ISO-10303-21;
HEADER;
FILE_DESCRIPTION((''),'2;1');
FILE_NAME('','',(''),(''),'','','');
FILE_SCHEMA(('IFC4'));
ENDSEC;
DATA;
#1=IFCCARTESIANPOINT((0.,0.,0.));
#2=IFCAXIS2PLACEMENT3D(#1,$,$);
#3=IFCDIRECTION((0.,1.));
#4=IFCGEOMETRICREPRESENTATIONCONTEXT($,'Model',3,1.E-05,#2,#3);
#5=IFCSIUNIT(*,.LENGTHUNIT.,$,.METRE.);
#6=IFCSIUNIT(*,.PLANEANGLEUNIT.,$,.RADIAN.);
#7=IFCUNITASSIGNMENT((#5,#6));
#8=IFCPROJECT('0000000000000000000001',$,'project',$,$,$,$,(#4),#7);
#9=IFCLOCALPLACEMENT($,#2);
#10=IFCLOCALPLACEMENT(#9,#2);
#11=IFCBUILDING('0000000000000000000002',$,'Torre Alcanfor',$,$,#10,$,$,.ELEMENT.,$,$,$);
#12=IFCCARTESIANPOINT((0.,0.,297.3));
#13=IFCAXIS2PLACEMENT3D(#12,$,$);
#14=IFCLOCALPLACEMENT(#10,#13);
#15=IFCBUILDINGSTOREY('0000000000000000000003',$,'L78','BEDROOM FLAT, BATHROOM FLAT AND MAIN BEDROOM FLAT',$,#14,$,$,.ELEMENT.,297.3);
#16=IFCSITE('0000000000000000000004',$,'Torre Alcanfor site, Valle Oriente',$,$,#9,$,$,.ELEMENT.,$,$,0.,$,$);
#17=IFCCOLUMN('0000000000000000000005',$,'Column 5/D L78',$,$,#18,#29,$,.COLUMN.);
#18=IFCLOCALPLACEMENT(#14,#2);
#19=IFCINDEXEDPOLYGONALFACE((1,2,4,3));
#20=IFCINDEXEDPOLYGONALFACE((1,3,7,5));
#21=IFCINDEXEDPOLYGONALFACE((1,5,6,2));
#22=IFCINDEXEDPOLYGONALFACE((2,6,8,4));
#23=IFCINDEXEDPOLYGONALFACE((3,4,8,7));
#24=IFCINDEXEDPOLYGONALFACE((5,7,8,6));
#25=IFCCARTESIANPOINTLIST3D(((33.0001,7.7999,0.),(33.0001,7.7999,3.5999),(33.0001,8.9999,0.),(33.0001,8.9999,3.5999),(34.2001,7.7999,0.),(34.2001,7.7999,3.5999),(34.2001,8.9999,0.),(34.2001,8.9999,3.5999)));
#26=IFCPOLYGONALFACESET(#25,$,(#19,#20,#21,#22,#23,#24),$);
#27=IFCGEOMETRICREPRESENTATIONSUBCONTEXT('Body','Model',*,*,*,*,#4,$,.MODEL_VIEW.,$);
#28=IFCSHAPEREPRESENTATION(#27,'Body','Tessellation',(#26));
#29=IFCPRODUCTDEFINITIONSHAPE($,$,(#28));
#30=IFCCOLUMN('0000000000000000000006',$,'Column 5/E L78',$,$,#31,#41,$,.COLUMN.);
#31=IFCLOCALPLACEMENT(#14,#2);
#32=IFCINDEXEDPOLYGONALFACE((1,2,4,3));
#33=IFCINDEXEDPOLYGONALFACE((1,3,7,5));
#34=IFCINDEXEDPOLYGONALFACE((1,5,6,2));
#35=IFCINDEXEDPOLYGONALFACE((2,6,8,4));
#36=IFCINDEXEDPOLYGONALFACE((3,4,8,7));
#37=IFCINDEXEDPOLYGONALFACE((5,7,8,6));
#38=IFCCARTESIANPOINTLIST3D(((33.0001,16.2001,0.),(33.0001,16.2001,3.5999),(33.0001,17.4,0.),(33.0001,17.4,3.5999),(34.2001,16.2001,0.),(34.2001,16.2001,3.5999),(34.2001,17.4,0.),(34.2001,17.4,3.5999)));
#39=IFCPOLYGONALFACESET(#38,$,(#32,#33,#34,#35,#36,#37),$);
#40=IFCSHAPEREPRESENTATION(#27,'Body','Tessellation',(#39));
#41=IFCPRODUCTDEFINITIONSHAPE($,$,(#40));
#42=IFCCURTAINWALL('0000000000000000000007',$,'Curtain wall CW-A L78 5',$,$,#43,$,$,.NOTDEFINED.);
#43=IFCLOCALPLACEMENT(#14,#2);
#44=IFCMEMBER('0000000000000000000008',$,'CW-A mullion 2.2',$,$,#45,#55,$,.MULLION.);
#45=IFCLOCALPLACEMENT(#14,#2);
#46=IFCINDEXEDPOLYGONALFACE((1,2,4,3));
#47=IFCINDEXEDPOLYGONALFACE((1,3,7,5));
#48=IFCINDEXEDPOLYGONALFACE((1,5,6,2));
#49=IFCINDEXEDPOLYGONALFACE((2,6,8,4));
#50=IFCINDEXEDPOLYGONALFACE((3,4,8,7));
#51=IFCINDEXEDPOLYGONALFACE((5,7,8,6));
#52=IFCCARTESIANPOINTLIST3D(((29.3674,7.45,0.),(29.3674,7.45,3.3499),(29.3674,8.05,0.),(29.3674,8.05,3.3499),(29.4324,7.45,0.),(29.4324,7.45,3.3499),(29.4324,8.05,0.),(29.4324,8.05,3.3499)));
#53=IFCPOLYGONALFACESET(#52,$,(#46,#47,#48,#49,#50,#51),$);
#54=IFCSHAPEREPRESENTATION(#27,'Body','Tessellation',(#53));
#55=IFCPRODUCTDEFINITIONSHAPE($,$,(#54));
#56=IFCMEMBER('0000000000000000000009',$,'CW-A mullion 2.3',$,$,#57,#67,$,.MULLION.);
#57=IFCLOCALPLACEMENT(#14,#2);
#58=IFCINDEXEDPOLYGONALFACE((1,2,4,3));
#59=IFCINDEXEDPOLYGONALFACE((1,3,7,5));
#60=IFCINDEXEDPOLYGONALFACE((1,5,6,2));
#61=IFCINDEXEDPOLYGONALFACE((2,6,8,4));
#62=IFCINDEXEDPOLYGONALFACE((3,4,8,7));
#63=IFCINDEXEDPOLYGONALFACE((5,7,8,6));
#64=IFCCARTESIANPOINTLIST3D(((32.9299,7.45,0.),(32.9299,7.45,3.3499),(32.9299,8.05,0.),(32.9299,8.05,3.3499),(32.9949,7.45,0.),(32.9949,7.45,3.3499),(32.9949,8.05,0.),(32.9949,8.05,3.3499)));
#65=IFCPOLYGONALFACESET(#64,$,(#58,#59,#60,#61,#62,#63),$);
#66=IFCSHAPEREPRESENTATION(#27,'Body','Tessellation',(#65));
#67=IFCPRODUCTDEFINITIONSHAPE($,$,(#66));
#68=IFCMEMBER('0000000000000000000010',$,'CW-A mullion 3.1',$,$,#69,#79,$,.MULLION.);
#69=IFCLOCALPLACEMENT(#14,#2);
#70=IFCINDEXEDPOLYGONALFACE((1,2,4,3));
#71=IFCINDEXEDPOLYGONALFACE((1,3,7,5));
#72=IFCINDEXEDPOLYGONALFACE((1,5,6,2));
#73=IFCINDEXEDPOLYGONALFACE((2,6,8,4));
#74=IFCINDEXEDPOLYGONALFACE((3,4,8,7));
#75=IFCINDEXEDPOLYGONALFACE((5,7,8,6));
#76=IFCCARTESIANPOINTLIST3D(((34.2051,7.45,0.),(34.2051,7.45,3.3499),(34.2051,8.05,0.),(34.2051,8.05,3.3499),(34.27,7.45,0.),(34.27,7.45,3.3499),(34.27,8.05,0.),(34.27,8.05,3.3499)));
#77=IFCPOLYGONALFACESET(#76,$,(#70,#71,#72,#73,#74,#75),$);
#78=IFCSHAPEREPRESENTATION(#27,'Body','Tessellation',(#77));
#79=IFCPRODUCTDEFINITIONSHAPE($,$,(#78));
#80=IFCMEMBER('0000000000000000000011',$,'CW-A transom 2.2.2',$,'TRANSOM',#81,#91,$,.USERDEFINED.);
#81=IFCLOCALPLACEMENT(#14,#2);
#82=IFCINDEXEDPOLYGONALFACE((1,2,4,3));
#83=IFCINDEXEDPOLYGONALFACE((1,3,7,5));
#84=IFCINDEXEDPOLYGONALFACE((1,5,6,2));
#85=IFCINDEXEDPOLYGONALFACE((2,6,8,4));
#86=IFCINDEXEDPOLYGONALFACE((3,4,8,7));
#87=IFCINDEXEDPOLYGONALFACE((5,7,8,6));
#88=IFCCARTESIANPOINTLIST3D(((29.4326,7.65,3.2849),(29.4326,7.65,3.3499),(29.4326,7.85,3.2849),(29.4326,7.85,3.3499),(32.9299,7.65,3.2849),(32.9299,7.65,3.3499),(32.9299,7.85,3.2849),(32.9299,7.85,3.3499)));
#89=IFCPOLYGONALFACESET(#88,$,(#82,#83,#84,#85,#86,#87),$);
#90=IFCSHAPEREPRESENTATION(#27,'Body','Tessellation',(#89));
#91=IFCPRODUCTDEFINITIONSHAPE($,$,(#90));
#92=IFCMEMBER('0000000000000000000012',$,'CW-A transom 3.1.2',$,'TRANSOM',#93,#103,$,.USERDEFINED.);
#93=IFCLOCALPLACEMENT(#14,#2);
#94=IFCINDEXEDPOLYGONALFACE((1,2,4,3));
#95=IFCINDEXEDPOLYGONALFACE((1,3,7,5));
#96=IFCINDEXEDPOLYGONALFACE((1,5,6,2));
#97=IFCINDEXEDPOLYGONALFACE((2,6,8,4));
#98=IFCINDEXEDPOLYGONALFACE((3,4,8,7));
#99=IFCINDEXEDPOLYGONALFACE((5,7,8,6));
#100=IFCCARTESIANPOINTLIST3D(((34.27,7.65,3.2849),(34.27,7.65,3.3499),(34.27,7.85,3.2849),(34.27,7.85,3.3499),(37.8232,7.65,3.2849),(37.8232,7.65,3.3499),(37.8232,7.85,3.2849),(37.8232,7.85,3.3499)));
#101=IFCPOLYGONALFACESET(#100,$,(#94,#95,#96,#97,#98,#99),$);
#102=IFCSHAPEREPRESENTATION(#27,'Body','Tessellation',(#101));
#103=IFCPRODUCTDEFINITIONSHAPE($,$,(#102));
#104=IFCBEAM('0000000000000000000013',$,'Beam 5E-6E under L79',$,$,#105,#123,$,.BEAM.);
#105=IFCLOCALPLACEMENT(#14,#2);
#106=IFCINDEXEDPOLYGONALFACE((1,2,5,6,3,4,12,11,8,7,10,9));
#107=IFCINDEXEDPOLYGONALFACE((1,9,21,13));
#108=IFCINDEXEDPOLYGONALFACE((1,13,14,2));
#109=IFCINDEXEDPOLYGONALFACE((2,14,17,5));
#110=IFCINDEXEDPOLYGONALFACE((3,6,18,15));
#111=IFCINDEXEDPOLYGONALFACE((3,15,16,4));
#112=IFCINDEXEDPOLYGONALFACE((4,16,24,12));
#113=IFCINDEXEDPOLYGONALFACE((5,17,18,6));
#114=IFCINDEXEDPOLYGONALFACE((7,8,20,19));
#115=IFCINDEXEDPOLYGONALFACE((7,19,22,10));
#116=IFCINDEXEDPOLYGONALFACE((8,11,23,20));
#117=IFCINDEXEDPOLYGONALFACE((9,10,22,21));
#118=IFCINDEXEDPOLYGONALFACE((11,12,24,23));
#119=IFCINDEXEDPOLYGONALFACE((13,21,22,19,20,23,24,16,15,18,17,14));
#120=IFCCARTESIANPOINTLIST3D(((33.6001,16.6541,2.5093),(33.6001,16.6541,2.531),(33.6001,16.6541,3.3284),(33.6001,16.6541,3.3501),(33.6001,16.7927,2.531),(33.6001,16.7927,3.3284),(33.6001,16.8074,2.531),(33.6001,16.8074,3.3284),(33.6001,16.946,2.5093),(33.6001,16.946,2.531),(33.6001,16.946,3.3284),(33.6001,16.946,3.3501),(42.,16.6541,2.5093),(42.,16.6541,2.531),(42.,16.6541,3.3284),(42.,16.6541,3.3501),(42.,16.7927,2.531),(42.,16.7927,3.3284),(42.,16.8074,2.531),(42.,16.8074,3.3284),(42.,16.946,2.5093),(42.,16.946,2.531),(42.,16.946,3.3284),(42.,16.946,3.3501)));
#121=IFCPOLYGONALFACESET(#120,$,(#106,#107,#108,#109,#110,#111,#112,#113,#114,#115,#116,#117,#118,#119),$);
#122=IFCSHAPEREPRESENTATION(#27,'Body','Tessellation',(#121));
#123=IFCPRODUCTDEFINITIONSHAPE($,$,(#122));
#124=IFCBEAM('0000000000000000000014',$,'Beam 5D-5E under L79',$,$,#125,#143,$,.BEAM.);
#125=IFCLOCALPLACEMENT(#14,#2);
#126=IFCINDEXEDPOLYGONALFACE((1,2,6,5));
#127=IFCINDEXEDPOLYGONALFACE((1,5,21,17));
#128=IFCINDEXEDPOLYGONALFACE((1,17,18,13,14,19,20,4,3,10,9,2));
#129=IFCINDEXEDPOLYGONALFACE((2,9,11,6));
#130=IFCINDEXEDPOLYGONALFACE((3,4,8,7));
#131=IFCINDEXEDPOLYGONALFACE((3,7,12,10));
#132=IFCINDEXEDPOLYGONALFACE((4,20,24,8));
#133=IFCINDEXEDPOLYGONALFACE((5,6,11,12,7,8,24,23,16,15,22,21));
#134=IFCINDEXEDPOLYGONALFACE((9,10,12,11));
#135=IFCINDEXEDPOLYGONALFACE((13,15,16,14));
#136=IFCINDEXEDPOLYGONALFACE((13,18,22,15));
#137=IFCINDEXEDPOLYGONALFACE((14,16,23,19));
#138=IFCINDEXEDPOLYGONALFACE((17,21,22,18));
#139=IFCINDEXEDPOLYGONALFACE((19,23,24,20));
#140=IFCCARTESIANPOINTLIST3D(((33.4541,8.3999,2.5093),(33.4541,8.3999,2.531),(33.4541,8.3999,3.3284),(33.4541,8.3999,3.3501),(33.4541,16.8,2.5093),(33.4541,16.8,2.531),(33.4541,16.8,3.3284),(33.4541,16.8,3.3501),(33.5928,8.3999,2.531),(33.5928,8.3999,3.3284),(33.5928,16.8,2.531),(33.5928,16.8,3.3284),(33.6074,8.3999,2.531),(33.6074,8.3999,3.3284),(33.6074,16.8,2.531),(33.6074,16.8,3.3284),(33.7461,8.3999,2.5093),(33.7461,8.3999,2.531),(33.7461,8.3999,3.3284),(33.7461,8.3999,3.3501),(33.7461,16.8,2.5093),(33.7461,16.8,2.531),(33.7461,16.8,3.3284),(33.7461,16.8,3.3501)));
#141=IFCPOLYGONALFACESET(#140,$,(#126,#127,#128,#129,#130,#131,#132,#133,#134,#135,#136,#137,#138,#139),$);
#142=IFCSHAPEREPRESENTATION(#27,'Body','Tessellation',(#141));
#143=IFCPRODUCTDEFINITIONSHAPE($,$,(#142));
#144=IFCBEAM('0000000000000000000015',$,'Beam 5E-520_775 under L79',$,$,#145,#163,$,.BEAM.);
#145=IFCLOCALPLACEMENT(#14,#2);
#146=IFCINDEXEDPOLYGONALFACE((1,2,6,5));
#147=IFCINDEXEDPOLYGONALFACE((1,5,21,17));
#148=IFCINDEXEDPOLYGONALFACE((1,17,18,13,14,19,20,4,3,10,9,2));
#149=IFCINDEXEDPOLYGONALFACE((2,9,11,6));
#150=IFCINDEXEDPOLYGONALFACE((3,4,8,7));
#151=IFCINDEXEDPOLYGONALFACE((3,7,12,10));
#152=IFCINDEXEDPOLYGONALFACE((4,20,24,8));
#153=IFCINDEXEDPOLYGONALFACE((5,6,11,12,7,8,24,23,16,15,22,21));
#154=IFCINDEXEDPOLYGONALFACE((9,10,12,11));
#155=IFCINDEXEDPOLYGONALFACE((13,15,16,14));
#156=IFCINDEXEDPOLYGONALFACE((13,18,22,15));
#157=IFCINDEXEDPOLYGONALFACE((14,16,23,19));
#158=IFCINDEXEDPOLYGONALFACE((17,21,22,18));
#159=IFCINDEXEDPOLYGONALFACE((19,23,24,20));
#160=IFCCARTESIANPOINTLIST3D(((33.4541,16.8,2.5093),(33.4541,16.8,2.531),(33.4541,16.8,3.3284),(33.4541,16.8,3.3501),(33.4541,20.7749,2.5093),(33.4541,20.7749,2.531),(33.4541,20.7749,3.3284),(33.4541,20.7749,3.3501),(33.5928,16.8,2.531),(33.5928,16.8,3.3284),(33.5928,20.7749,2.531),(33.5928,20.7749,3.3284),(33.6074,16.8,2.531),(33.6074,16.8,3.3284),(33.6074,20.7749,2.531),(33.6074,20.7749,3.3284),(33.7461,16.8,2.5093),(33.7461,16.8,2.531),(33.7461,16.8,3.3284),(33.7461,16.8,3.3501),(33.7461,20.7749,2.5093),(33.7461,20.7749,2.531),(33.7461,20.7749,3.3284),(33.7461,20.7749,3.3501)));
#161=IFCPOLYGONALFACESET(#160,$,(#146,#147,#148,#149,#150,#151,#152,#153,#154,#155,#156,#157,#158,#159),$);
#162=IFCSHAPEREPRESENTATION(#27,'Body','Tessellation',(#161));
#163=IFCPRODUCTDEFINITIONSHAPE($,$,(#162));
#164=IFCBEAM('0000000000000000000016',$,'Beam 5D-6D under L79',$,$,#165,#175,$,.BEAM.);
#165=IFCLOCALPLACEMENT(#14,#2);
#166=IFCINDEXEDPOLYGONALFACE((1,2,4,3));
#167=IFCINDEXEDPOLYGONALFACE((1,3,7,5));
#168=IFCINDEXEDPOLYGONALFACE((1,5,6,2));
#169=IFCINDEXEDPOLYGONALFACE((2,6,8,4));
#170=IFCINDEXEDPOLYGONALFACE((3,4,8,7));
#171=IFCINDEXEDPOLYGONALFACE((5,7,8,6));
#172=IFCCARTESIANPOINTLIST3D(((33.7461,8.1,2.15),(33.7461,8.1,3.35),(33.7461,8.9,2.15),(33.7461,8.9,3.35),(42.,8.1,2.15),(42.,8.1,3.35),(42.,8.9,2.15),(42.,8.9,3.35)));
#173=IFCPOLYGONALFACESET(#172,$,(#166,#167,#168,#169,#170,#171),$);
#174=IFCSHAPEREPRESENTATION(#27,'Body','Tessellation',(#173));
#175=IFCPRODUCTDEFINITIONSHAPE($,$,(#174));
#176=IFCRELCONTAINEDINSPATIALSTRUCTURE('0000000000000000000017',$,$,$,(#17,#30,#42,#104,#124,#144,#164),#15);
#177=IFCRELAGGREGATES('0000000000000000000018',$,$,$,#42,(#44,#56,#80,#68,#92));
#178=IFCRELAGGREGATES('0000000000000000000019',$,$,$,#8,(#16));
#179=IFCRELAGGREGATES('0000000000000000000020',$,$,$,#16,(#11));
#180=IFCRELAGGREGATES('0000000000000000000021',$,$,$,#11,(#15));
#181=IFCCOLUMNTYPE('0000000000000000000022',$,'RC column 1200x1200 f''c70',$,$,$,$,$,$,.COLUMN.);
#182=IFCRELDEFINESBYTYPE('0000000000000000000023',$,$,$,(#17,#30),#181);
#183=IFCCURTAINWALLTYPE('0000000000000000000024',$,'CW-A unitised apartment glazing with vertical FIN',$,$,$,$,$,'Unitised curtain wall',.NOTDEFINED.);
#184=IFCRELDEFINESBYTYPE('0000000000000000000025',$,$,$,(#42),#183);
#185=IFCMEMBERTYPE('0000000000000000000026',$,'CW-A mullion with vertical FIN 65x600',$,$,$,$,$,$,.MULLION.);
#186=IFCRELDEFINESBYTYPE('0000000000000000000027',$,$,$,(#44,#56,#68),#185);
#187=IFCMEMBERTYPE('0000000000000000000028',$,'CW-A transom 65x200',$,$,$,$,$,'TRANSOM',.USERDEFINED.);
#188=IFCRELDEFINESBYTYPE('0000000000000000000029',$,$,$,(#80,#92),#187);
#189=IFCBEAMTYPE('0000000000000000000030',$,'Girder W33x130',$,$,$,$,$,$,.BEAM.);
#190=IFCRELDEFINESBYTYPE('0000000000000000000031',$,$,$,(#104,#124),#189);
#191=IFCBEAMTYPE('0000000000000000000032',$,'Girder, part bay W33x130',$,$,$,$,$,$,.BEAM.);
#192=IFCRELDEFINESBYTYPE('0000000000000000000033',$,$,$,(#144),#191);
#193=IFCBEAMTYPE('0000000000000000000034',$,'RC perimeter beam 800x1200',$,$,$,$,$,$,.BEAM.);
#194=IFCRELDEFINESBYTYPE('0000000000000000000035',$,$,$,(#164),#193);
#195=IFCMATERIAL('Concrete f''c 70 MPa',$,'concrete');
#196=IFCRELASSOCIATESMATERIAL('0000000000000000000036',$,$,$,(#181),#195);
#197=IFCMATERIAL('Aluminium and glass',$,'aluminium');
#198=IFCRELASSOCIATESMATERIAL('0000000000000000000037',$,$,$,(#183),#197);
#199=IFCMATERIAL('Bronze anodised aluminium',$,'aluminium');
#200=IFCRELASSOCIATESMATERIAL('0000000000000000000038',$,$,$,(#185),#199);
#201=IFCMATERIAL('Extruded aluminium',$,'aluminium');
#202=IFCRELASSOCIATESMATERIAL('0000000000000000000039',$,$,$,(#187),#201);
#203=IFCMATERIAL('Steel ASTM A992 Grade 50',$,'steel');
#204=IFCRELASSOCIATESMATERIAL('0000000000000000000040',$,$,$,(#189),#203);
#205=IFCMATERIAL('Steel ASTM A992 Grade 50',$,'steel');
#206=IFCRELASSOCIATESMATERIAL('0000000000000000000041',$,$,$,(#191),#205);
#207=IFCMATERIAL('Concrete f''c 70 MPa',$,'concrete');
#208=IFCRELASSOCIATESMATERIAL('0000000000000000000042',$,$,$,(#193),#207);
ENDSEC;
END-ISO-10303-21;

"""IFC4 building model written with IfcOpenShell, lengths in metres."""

from ifc_helpers import new_model, si_unit, direction, frame, origin, origin_2d, place, context, subcontext, project, spatial, rectangle, i_section, extrude, material, material_profile, profile_set, type_object, element, aggregate, save


model = new_model("IFC4")

# Units and contexts
model_context = context("Model", 3, precision=1e-05, world=origin(), true_north=direction((0.0, 1.0)))
body_context = subcontext(model_context, "Body", "Model", "MODEL_VIEW")
ifc_project = project(units=[si_unit("LENGTHUNIT", "METRE"), si_unit("PLANEANGLEUNIT", "RADIAN")], contexts=[model_context])

# Site, building, storey
site_placement = place(None, origin())
site = spatial("IfcSite", under=ifc_project, at=site_placement, Name="Torre Alcanfor site, Valle Oriente", CompositionType="ELEMENT", RefElevation=0.0)
building_placement = place(site_placement, origin())
building = spatial("IfcBuilding", under=site, at=building_placement, Name="Torre Alcanfor", CompositionType="ELEMENT")
storey_placement = place(building_placement, frame((0.0, 0.0, 297.3)))
storey = spatial("IfcBuildingStorey", under=building, at=storey_placement, Name="L78", Description="BEDROOM FLAT, BATHROOM FLAT AND MAIN BEDROOM FLAT", CompositionType="ELEMENT", Elevation=297.3)

# Columns
ifc_material_1 = material(Name="Concrete f'c 70 MPa", Category="concrete")
ifc_material_profile_1 = material_profile(ifc_material_1, rectangle(XDim=1.2, YDim=1.2, at=origin_2d()), Name="1200x1200")
ifc_profile_set_1 = profile_set([ifc_material_profile_1], Name="Concrete f'c 70 MPa")
column_type = type_object("IfcColumnType", Name="RC column 1200x1200 f'c70", PredefinedType="COLUMN", material=ifc_profile_set_1)
for number, where, z_axis, x_axis, name in (
    (1, (33.6001, 8.3999, 0.0), (0.0, 0.0, 1.0), (1.0, 0.0, 0.0), "Column 5/D L78"),
    (2, (33.6001, 16.8, 0.0), (0.0, 0.0, 1.0), (1.0, 0.0, 0.0), "Column 5/E L78"),
):
    element("IfcColumn", number, at=place(storey_placement, frame(where, z_axis=z_axis, x_axis=x_axis)), inside=storey, type_object=column_type, Name=name, PredefinedType="COLUMN", context=body_context, shape_type="SweptSolid", body=[
        extrude(rectangle(XDim=1.2, YDim=1.2, at=origin_2d()), origin(), (0.0, 0.0, 1.0), 3.5999),
    ])

# Curtain wall, members
ifc_material_2 = material(Name="Aluminium and glass", Category="aluminium")
curtain_wall_type = type_object("IfcCurtainWallType", Name="CW-A unitised apartment glazing with vertical FIN", ElementType="Unitised curtain wall", PredefinedType="NOTDEFINED", material=ifc_material_2)
curtain_wall_placement = place(storey_placement, origin())
curtain_wall = element("IfcCurtainWall", 3, at=curtain_wall_placement, inside=storey, type_object=curtain_wall_type, Name="Curtain wall CW-A L78 5", PredefinedType="NOTDEFINED")
ifc_material_3 = material(Name="Bronze anodised aluminium", Category="aluminium")
ifc_material_profile_2 = material_profile(ifc_material_3, rectangle(XDim=0.6001, YDim=0.0649, at=origin_2d()), Name="CW-A mullion 65x600")
ifc_profile_set_2 = profile_set([ifc_material_profile_2], Name="Bronze anodised aluminium")
member_type_1 = type_object("IfcMemberType", Name="CW-A mullion with vertical FIN 65x600", PredefinedType="MULLION", material=ifc_profile_set_2)
member_1_placement = place(storey_placement, frame((29.3999, 7.75, 0.0), z_axis=(0.0, 0.0, 1.0), x_axis=(0.0, 1.0, 0.0)))
member_1 = element("IfcMember", 4, at=member_1_placement, type_object=member_type_1, Name="CW-A mullion 2.2", PredefinedType="MULLION", context=body_context, shape_type="SweptSolid", body=[
    extrude(rectangle(XDim=0.6001, YDim=0.0649, at=origin_2d()), origin(), (0.0, 0.0, 1.0), 3.3499),
])
member_2_placement = place(storey_placement, frame((32.9624, 7.75, 0.0), z_axis=(0.0, 0.0, 1.0), x_axis=(0.0, 1.0, 0.0)))
member_2 = element("IfcMember", 5, at=member_2_placement, type_object=member_type_1, Name="CW-A mullion 2.3", PredefinedType="MULLION", context=body_context, shape_type="SweptSolid", body=[
    extrude(rectangle(XDim=0.6001, YDim=0.0649, at=origin_2d()), origin(), (0.0, 0.0, 1.0), 3.3499),
])
member_3_placement = place(storey_placement, frame((34.2375, 7.75, 0.0), z_axis=(0.0, 0.0, 1.0), x_axis=(0.0, 1.0, 0.0)))
member_3 = element("IfcMember", 6, at=member_3_placement, type_object=member_type_1, Name="CW-A mullion 3.1", PredefinedType="MULLION", context=body_context, shape_type="SweptSolid", body=[
    extrude(rectangle(XDim=0.6001, YDim=0.0649, at=origin_2d()), origin(), (0.0, 0.0, 1.0), 3.3499),
])
ifc_material_4 = material(Name="Extruded aluminium", Category="aluminium")
ifc_material_profile_3 = material_profile(ifc_material_4, rectangle(XDim=0.2, YDim=0.0649, at=origin_2d()), Name="CW-A transom 200x65")
ifc_profile_set_3 = profile_set([ifc_material_profile_3], Name="Extruded aluminium")
member_type_2 = type_object("IfcMemberType", Name="CW-A transom 65x200", ElementType="TRANSOM", PredefinedType="USERDEFINED", material=ifc_profile_set_3)
member_4_placement = place(storey_placement, frame((29.4326, 7.75, 3.3174), z_axis=(1.0, 0.0, 0.0), x_axis=(0.0, 1.0, 0.0)))
member_4 = element("IfcMember", 7, at=member_4_placement, type_object=member_type_2, Name="CW-A transom 2.2.2", ObjectType="TRANSOM", PredefinedType="USERDEFINED", context=body_context, shape_type="SweptSolid", body=[
    extrude(rectangle(XDim=0.2, YDim=0.0649, at=origin_2d()), origin(), (0.0, 0.0, 1.0), 3.4973),
])
member_5_placement = place(storey_placement, frame((34.27, 7.75, 3.3174), z_axis=(1.0, 0.0, 0.0), x_axis=(0.0, 1.0, 0.0)))
member_5 = element("IfcMember", 8, at=member_5_placement, type_object=member_type_2, Name="CW-A transom 3.1.2", ObjectType="TRANSOM", PredefinedType="USERDEFINED", context=body_context, shape_type="SweptSolid", body=[
    extrude(rectangle(XDim=0.2, YDim=0.0649, at=origin_2d()), origin(), (0.0, 0.0, 1.0), 3.5532),
])

# Beams
ifc_material_5 = material(Name="Steel ASTM A992 Grade 50", Category="steel")
ifc_material_profile_4 = material_profile(ifc_material_5, i_section(OverallWidth=0.292, OverallDepth=0.8408, WebThickness=0.0146, FlangeThickness=0.0217, at=origin_2d()), Name="W33x130")
ifc_profile_set_4 = profile_set([ifc_material_profile_4], Name="Steel ASTM A992 Grade 50")
beam_type_1 = type_object("IfcBeamType", Name="Girder W33x130", PredefinedType="BEAM", material=ifc_profile_set_4)
beam_1_placement = place(storey_placement, frame((33.6001, 16.8, 2.9297), z_axis=(1.0, 0.0, 0.0), x_axis=(0.0, 1.0, 0.0)))
element("IfcBeam", 9, at=beam_1_placement, inside=storey, type_object=beam_type_1, Name="Beam 5E-6E under L79", PredefinedType="BEAM", context=body_context, shape_type="SweptSolid", body=[
    extrude(i_section(OverallWidth=0.292, OverallDepth=0.8408, WebThickness=0.0146, FlangeThickness=0.0217, at=origin_2d()), origin(), (0.0, 0.0, 1.0), 8.3999),
])
beam_2_placement = place(storey_placement, frame((33.6001, 8.3999, 2.9297), z_axis=(0.0, 1.0, 0.0), x_axis=(-1.0, 0.0, 0.0)))
element("IfcBeam", 10, at=beam_2_placement, inside=storey, type_object=beam_type_1, Name="Beam 5D-5E under L79", PredefinedType="BEAM", context=body_context, shape_type="SweptSolid", body=[
    extrude(i_section(OverallWidth=0.292, OverallDepth=0.8408, WebThickness=0.0146, FlangeThickness=0.0217, at=origin_2d()), origin(), (0.0, 0.0, 1.0), 8.4001),
])
ifc_material_6 = material(Name="Steel ASTM A992 Grade 50", Category="steel")
ifc_material_profile_5 = material_profile(ifc_material_6, i_section(OverallWidth=0.292, OverallDepth=0.8408, WebThickness=0.0146, FlangeThickness=0.0217, at=origin_2d()), Name="W33x130")
ifc_profile_set_5 = profile_set([ifc_material_profile_5], Name="Steel ASTM A992 Grade 50")
beam_type_2 = type_object("IfcBeamType", Name="Girder, part bay W33x130", PredefinedType="BEAM", material=ifc_profile_set_5)
beam_3_placement = place(storey_placement, frame((33.6001, 16.8, 2.9297), z_axis=(0.0, 1.0, 0.0), x_axis=(-1.0, 0.0, 0.0)))
element("IfcBeam", 11, at=beam_3_placement, inside=storey, type_object=beam_type_2, Name="Beam 5E-520_775 under L79", PredefinedType="BEAM", context=body_context, shape_type="SweptSolid", body=[
    extrude(i_section(OverallWidth=0.292, OverallDepth=0.8408, WebThickness=0.0146, FlangeThickness=0.0217, at=origin_2d()), origin(), (0.0, 0.0, 1.0), 3.9749),
])
ifc_material_7 = material(Name="Concrete f'c 70 MPa", Category="concrete")
ifc_material_profile_6 = material_profile(ifc_material_7, rectangle(XDim=0.8, YDim=1.2, at=origin_2d()), Name="800x1200")
ifc_profile_set_6 = profile_set([ifc_material_profile_6], Name="Concrete f'c 70 MPa")
beam_type_3 = type_object("IfcBeamType", Name="RC perimeter beam 800x1200", PredefinedType="BEAM", material=ifc_profile_set_6)
beam_4_placement = place(storey_placement, frame((33.7461, 8.5, 2.75), z_axis=(1.0, 0.0, 0.0), x_axis=(0.0, 1.0, 0.0)))
element("IfcBeam", 12, at=beam_4_placement, inside=storey, type_object=beam_type_3, Name="Beam 5D-6D under L79", PredefinedType="BEAM", context=body_context, shape_type="SweptSolid", body=[
    extrude(rectangle(XDim=0.8, YDim=1.2, at=origin_2d()), origin(), (0.0, 0.0, 1.0), 8.2539),
])

aggregate(curtain_wall, [member_1, member_2, member_4, member_3, member_5])

save(model, "model.ifc")
